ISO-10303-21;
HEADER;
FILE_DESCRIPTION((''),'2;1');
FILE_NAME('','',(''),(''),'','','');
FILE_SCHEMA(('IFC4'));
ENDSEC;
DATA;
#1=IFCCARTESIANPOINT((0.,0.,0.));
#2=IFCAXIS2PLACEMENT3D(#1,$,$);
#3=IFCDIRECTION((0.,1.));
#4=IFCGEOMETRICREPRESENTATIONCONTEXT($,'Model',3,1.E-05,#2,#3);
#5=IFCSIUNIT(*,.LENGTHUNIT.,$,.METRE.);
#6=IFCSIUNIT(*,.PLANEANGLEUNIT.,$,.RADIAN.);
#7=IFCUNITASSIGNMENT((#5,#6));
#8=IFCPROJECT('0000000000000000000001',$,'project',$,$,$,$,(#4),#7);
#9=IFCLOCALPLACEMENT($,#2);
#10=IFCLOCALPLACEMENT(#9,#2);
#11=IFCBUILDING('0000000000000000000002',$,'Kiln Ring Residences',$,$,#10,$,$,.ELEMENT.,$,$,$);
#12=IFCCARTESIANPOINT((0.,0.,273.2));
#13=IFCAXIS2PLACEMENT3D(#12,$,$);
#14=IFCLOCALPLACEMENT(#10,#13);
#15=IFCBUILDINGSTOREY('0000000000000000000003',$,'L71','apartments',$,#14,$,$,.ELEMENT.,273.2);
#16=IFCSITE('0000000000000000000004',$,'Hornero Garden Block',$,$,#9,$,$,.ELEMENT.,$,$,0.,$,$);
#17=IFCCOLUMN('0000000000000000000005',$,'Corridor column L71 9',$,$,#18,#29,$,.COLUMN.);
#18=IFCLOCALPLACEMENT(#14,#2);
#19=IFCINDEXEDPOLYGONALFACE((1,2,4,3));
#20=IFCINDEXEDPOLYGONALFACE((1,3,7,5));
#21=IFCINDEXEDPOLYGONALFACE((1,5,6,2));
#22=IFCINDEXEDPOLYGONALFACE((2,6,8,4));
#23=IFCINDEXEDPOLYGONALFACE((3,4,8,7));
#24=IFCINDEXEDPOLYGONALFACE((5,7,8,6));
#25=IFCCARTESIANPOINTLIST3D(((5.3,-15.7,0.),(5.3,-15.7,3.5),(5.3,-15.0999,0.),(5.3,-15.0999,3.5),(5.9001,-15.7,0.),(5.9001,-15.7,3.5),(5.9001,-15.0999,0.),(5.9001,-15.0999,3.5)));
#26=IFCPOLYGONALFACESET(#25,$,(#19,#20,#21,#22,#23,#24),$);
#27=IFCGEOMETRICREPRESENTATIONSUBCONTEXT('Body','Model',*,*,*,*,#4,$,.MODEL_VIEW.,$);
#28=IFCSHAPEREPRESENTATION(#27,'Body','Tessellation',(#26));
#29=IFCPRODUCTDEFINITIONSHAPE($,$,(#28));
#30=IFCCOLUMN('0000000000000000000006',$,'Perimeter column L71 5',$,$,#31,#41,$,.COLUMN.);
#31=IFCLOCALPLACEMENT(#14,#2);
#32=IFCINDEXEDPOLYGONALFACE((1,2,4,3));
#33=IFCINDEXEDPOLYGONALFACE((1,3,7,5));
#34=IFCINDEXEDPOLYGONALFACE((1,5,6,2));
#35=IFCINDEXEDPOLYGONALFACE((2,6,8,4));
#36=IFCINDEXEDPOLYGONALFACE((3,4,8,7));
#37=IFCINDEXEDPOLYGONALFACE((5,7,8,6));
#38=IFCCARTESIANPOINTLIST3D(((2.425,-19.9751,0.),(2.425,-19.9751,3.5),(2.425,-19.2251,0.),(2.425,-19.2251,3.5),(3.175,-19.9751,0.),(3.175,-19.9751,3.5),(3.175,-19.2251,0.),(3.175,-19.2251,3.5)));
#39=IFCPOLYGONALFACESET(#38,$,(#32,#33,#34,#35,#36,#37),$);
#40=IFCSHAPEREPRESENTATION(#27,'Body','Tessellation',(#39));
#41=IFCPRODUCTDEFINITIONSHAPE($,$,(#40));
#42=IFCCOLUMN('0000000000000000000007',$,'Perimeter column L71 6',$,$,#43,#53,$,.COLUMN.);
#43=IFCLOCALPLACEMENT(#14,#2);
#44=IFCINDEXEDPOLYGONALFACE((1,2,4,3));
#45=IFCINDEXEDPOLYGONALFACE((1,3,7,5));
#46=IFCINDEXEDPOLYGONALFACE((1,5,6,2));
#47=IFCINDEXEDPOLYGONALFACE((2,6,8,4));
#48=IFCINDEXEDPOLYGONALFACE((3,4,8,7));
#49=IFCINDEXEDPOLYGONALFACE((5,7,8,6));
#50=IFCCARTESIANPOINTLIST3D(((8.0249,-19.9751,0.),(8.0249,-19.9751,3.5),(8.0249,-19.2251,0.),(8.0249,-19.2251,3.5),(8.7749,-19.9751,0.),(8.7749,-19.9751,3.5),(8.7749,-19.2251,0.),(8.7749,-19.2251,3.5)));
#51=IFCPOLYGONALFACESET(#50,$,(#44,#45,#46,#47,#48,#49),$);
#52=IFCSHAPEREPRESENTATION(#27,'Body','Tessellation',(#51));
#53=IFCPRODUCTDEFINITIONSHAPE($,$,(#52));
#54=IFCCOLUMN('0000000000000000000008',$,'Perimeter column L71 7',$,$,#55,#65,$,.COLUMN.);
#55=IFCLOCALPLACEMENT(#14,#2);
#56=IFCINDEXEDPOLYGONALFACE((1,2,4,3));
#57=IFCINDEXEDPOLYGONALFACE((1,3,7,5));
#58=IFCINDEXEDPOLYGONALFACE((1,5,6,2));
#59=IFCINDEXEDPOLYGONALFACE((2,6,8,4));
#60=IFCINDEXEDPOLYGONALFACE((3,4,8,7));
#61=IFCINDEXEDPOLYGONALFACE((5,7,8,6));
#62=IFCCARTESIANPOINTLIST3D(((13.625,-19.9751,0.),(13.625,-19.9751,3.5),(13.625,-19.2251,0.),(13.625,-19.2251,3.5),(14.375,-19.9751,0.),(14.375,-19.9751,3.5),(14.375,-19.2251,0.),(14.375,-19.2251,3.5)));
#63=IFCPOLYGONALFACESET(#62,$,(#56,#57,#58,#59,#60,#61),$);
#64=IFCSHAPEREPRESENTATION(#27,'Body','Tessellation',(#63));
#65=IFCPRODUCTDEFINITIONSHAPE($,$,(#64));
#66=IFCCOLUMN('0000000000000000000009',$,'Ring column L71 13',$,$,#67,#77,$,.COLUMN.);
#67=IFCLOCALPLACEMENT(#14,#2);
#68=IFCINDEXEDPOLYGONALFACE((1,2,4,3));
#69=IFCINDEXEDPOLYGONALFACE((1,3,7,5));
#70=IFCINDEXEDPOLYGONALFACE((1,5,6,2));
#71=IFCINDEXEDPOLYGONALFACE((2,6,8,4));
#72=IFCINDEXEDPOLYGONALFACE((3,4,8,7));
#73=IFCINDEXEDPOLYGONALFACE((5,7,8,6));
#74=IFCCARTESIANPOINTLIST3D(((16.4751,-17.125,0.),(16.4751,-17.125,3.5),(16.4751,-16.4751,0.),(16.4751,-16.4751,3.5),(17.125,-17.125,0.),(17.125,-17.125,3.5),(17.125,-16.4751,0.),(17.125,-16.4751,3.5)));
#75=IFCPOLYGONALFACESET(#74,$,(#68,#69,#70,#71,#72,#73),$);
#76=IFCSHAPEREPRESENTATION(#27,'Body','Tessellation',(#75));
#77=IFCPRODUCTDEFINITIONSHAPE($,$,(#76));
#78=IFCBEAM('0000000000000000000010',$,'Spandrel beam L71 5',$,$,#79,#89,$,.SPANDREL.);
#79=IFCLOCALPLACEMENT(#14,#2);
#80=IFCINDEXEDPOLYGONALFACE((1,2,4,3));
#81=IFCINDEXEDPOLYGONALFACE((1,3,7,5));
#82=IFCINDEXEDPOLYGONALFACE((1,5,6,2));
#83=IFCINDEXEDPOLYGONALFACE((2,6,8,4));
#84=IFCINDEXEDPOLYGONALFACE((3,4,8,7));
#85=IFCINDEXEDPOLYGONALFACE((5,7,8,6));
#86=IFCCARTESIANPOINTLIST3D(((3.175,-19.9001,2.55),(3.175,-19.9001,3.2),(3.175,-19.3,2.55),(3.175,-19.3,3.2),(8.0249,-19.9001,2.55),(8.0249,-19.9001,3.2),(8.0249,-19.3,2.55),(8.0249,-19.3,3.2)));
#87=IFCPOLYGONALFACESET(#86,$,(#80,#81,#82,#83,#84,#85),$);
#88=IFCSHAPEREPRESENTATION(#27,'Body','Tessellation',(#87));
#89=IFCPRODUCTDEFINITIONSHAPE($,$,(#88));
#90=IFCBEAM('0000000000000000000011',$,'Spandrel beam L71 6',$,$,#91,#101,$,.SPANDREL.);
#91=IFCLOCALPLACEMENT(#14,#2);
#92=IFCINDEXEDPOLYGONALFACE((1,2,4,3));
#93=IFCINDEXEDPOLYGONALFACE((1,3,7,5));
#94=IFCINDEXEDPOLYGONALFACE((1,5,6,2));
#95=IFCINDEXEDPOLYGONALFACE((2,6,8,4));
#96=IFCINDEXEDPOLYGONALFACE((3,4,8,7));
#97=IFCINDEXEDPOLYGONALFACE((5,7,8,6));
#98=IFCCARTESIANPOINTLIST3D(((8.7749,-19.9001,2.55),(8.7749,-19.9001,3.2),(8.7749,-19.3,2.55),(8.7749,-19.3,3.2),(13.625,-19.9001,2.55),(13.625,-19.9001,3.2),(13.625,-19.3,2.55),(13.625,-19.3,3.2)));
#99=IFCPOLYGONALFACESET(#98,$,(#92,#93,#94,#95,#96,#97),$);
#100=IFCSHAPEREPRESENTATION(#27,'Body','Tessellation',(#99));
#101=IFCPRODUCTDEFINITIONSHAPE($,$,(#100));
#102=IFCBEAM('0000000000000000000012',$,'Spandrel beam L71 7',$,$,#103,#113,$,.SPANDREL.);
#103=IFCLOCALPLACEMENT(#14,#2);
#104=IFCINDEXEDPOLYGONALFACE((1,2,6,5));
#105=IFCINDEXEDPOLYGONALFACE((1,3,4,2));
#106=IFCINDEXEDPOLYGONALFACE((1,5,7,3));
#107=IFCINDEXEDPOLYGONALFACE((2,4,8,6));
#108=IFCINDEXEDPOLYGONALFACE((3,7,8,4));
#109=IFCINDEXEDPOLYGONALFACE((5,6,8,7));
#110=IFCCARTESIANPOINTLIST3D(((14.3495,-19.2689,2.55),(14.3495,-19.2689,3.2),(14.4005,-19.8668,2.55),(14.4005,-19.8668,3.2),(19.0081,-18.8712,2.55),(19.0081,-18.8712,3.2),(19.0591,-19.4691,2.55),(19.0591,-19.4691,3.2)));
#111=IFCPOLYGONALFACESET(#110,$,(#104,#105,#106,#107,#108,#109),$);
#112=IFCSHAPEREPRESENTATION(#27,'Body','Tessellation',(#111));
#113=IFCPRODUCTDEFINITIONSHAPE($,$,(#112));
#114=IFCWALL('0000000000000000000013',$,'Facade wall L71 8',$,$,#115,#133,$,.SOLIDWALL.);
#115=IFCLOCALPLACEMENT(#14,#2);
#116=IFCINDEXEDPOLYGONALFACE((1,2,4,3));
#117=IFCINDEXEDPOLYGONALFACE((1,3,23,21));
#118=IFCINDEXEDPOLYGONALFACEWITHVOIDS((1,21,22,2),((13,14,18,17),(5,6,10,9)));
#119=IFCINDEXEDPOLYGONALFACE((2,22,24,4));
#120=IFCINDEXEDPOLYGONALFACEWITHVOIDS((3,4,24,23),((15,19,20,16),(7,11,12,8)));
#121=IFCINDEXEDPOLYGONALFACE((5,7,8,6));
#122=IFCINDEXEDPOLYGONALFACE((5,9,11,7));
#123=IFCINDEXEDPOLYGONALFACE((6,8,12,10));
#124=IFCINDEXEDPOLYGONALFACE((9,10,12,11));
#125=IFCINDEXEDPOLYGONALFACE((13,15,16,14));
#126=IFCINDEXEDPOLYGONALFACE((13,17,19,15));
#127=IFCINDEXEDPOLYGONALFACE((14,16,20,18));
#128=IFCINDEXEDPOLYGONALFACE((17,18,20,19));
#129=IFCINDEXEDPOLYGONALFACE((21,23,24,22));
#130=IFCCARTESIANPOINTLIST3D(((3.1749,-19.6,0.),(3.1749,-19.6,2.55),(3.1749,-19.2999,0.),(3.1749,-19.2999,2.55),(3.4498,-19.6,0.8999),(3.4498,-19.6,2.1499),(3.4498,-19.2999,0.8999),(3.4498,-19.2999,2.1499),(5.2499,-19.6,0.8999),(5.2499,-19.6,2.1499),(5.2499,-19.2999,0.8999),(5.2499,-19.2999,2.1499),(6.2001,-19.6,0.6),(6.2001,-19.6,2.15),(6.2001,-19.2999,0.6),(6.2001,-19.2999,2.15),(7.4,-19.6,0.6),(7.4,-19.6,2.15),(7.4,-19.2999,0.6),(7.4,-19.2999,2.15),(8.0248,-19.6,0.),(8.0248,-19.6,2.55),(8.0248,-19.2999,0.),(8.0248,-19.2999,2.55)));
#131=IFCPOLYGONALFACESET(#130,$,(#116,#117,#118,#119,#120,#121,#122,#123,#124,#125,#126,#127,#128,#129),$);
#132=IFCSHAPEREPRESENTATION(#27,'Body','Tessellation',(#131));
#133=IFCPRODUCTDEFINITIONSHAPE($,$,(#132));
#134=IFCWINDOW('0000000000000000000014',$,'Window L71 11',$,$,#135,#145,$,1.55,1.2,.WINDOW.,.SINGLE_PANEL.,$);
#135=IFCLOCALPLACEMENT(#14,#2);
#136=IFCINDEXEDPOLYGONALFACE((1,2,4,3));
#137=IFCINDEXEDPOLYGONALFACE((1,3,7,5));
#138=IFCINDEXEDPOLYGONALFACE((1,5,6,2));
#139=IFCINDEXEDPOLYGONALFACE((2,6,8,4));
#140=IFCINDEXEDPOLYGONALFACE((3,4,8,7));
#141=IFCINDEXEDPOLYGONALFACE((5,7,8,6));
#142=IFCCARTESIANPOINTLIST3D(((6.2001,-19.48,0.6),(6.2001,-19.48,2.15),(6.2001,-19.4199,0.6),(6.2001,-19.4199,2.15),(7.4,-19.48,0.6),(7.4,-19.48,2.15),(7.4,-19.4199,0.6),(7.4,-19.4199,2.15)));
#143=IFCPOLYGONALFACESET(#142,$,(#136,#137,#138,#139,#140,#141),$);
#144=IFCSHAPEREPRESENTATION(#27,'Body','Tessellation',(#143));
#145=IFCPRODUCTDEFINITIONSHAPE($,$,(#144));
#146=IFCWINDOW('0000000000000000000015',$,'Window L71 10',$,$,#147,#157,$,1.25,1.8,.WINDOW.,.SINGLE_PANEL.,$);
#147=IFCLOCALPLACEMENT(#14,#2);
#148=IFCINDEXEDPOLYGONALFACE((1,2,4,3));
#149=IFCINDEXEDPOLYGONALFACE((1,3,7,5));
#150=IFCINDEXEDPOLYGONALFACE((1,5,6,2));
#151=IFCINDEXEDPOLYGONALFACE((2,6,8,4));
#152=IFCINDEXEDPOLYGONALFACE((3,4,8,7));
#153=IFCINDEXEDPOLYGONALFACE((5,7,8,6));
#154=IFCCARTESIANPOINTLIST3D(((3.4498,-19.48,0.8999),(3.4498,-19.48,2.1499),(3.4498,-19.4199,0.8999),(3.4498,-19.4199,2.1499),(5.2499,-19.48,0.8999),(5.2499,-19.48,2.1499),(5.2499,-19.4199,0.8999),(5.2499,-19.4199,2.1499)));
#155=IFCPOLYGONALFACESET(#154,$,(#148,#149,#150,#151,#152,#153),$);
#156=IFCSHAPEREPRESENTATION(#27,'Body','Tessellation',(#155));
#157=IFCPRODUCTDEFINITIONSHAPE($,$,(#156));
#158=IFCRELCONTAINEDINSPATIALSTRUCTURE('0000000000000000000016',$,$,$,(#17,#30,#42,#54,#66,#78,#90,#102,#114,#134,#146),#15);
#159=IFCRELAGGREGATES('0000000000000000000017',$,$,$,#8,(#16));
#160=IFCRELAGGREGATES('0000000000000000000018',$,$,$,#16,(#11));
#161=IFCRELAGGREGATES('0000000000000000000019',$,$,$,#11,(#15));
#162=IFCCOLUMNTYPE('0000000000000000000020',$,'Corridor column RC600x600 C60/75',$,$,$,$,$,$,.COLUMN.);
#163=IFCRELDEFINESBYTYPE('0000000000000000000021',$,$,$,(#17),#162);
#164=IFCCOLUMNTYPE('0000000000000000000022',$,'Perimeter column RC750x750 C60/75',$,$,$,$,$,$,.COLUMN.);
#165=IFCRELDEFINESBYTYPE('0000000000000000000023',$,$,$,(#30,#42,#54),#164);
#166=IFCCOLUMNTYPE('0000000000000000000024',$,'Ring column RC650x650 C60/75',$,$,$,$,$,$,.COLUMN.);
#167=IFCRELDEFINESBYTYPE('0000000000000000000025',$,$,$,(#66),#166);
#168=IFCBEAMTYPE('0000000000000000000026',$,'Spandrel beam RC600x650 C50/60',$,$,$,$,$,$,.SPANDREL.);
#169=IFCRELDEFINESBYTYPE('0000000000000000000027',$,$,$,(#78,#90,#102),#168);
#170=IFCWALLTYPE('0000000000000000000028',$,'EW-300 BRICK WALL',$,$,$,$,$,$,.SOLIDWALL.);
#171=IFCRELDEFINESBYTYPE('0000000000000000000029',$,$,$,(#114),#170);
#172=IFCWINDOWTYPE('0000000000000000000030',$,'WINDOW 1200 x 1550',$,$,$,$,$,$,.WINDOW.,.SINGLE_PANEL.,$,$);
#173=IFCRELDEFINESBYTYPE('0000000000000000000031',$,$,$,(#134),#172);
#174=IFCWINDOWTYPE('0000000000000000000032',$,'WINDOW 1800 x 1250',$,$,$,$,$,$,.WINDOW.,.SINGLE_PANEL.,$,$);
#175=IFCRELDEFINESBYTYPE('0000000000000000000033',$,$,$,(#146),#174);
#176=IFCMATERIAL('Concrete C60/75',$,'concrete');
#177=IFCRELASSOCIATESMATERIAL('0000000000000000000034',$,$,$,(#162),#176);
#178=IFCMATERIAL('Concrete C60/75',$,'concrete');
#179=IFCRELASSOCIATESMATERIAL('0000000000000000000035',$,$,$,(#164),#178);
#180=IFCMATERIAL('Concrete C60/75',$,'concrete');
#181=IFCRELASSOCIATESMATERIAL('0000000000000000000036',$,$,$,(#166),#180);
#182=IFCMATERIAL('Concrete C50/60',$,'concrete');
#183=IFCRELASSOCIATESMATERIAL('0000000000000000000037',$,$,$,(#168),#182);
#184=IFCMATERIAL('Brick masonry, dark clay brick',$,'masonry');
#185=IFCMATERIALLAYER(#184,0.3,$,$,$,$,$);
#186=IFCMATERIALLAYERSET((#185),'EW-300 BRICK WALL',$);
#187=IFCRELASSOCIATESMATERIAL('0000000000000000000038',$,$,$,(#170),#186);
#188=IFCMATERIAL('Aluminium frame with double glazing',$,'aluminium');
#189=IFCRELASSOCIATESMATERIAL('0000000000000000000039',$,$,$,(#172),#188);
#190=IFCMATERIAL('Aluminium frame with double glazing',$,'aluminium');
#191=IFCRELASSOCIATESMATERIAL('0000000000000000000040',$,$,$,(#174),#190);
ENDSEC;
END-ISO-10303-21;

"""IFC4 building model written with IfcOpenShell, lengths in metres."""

from ifc_helpers import new_model, si_unit, direction, frame, frame_2d, origin, origin_2d, place, context, subcontext, project, spatial, rectangle, extrude, material, layer, layer_set, material_profile, profile_set, type_object, element, fill, save


model = new_model("IFC4")

# Units and contexts
model_context = context("Model", 3, precision=1e-05, world=origin(), true_north=direction((0.0, 1.0)))
body_context = subcontext(model_context, "Body", "Model", "MODEL_VIEW")
ifc_project = project(units=[si_unit("LENGTHUNIT", "METRE"), si_unit("PLANEANGLEUNIT", "RADIAN")], contexts=[model_context])

# Site, building, storey
site_placement = place(None, origin())
site = spatial("IfcSite", under=ifc_project, at=site_placement, Name="Hornero Garden Block", CompositionType="ELEMENT", RefElevation=0.0)
building_placement = place(site_placement, origin())
building = spatial("IfcBuilding", under=site, at=building_placement, Name="Kiln Ring Residences", CompositionType="ELEMENT")
storey_placement = place(building_placement, frame((0.0, 0.0, 273.2)))
storey = spatial("IfcBuildingStorey", under=building, at=storey_placement, Name="L71", Description="apartments", CompositionType="ELEMENT", Elevation=273.2)

# Columns
ifc_material_1 = material(Name="Concrete C60/75", Category="concrete")
ifc_material_profile_1 = material_profile(ifc_material_1, rectangle(XDim=0.6001, YDim=0.6001, at=origin_2d()), Name="RC600x600")
ifc_profile_set_1 = profile_set([ifc_material_profile_1], Name="Concrete C60/75")
column_type_1 = type_object("IfcColumnType", Name="Corridor column RC600x600 C60/75", PredefinedType="COLUMN", material=ifc_profile_set_1)
column_1_placement = place(storey_placement, frame((5.6001, -15.3999, 0.0), z_axis=(0.0, 0.0, 1.0), x_axis=(1.0, 0.0, 0.0)))
element("IfcColumn", 1, at=column_1_placement, inside=storey, type_object=column_type_1, Name="Corridor column L71 9", PredefinedType="COLUMN", context=body_context, shape_type="SweptSolid", body=[
    extrude(rectangle(XDim=0.6001, YDim=0.6001, at=origin_2d()), origin(), (0.0, 0.0, 1.0), 3.5),
])
ifc_material_2 = material(Name="Concrete C60/75", Category="concrete")
ifc_material_profile_2 = material_profile(ifc_material_2, rectangle(XDim=0.75, YDim=0.75, at=origin_2d()), Name="RC750x750")
ifc_profile_set_2 = profile_set([ifc_material_profile_2], Name="Concrete C60/75")
column_type_2 = type_object("IfcColumnType", Name="Perimeter column RC750x750 C60/75", PredefinedType="COLUMN", material=ifc_profile_set_2)
for number, where, z_axis, x_axis, name in (
    (2, (2.8, -19.6001, 0.0), (0.0, 0.0, 1.0), (1.0, 0.0, 0.0), "Perimeter column L71 5"),
    (3, (8.3999, -19.6001, 0.0), (0.0, 0.0, 1.0), (1.0, 0.0, 0.0), "Perimeter column L71 6"),
    (4, (14.0, -19.6001, 0.0), (0.0, 0.0, 1.0), (1.0, 0.0, 0.0), "Perimeter column L71 7"),
):
    element("IfcColumn", number, at=place(storey_placement, frame(where, z_axis=z_axis, x_axis=x_axis)), inside=storey, type_object=column_type_2, Name=name, PredefinedType="COLUMN", context=body_context, shape_type="SweptSolid", body=[
        extrude(rectangle(XDim=0.75, YDim=0.75, at=origin_2d()), origin(), (0.0, 0.0, 1.0), 3.5),
    ])
ifc_material_3 = material(Name="Concrete C60/75", Category="concrete")
ifc_material_profile_3 = material_profile(ifc_material_3, rectangle(XDim=0.6499, YDim=0.6499, at=origin_2d()), Name="RC650x650")
ifc_profile_set_3 = profile_set([ifc_material_profile_3], Name="Concrete C60/75")
column_type_3 = type_object("IfcColumnType", Name="Ring column RC650x650 C60/75", PredefinedType="COLUMN", material=ifc_profile_set_3)
column_2_placement = place(storey_placement, frame((16.8, -16.8, 0.0), z_axis=(0.0, 0.0, 1.0), x_axis=(1.0, 0.0, 0.0)))
element("IfcColumn", 5, at=column_2_placement, inside=storey, type_object=column_type_3, Name="Ring column L71 13", PredefinedType="COLUMN", context=body_context, shape_type="SweptSolid", body=[
    extrude(rectangle(XDim=0.6499, YDim=0.6499, at=origin_2d()), origin(), (0.0, 0.0, 1.0), 3.5),
])

# Beams
ifc_material_4 = material(Name="Concrete C50/60", Category="concrete")
ifc_material_profile_4 = material_profile(ifc_material_4, rectangle(XDim=0.6001, YDim=0.6499, at=origin_2d()), Name="RC600x650")
ifc_profile_set_4 = profile_set([ifc_material_profile_4], Name="Concrete C50/60")
beam_type = type_object("IfcBeamType", Name="Spandrel beam RC600x650 C50/60", PredefinedType="SPANDREL", material=ifc_profile_set_4)
beam_1_placement = place(storey_placement, frame((3.175, -19.6001, 2.875), z_axis=(1.0, 0.0, 0.0), x_axis=(0.0, 1.0, 0.0)))
element("IfcBeam", 6, at=beam_1_placement, inside=storey, type_object=beam_type, Name="Spandrel beam L71 5", PredefinedType="SPANDREL", context=body_context, shape_type="SweptSolid", body=[
    extrude(rectangle(XDim=0.6001, YDim=0.6499, at=origin_2d()), origin(), (0.0, 0.0, 1.0), 4.8499),
])
beam_2_placement = place(storey_placement, frame((8.7749, -19.6001, 2.875), z_axis=(1.0, 0.0, 0.0), x_axis=(0.0, 1.0, 0.0)))
element("IfcBeam", 7, at=beam_2_placement, inside=storey, type_object=beam_type, Name="Spandrel beam L71 6", PredefinedType="SPANDREL", context=body_context, shape_type="SweptSolid", body=[
    extrude(rectangle(XDim=0.6001, YDim=0.6499, at=origin_2d()), origin(), (0.0, 0.0, 1.0), 4.8501),
])
beam_3_placement = place(storey_placement, frame((14.375, -19.5679, 2.875), z_axis=(0.996376, 0.085059, 0.0), x_axis=(-0.085059, 0.996376, 0.0)))
element("IfcBeam", 8, at=beam_3_placement, inside=storey, type_object=beam_type, Name="Spandrel beam L71 7", PredefinedType="SPANDREL", context=body_context, shape_type="SweptSolid", body=[
    extrude(rectangle(XDim=0.6001, YDim=0.6499, at=origin_2d()), origin(), (0.0, 0.0, 1.0), 4.6755),
])

# Wall, openings, windows
ifc_material_5 = material(Name="Brick masonry, dark clay brick", Category="masonry")
ifc_layer_1 = layer(ifc_material_5, 0.3)
ifc_layer_set_1 = layer_set([ifc_layer_1], Name="EW-300 BRICK WALL")
wall_type_1 = type_object("IfcWallType", Name="EW-300 BRICK WALL", PredefinedType="SOLIDWALL", material=ifc_layer_set_1)
wall_1_placement = place(storey_placement, frame((3.175, -19.45, 0.0), z_axis=(0.0, 0.0, 1.0), x_axis=(1.0, 0.0, 0.0)))
wall_1 = element("IfcWall", 9, at=wall_1_placement, inside=storey, type_object=wall_type_1, Name="Facade wall L71 8", PredefinedType="SOLIDWALL", context=body_context, shape_type="SweptSolid", body=[
    extrude(rectangle(XDim=4.8499, YDim=0.3, at=frame_2d((2.4248, 0.0))), origin(), (0.0, 0.0, 1.0), 2.55),
])
opening_1_placement = place(wall_1_placement, frame((0.2749, 0.0, 0.8999)))
opening_1 = element("IfcOpeningElement", 10, at=opening_1_placement, cuts=wall_1, PredefinedType="OPENING", context=body_context, shape_type="SweptSolid", body=[
    extrude(rectangle(XDim=1.8, YDim=1.25, at=frame_2d((0.8999, 0.625))), frame((0.0, 0.1599, 0.0), z_axis=(0.0, -1.0, 0.0), x_axis=(1.0, 0.0, 0.0)), (0.0, 0.0, 1.0), 0.3201),
])
opening_2_placement = place(wall_1_placement, frame((3.0249, 0.0, 0.6001)))
opening_2 = element("IfcOpeningElement", 11, at=opening_2_placement, cuts=wall_1, PredefinedType="OPENING", context=body_context, shape_type="SweptSolid", body=[
    extrude(rectangle(XDim=1.2, YDim=1.55, at=frame_2d((0.6001, 0.7749))), frame((0.0, 0.1599, 0.0), z_axis=(0.0, -1.0, 0.0), x_axis=(1.0, 0.0, 0.0)), (0.0, 0.0, 1.0), 0.3201),
])
ifc_material_6 = material(Name="Aluminium frame with double glazing", Category="aluminium")
window_type_1 = type_object("IfcWindowType", Name="WINDOW 1200 x 1550", PartitioningType="SINGLE_PANEL", PredefinedType="WINDOW", material=ifc_material_6)
window_1_placement = place(opening_2_placement, origin())
window_1 = element("IfcWindow", 12, at=window_1_placement, inside=storey, type_object=window_type_1, Name="Window L71 11", OverallHeight=1.55, OverallWidth=1.2, PartitioningType="SINGLE_PANEL", PredefinedType="WINDOW", context=body_context, shape_type="SweptSolid", body=[
    extrude(rectangle(XDim=1.2, YDim=1.55, at=frame_2d((0.6001, 0.7749))), frame((0.0, 0.03, 0.0), z_axis=(0.0, -1.0, 0.0), x_axis=(1.0, 0.0, 0.0)), (0.0, 0.0, 1.0), 0.0601),
])
fill(opening_2, window_1)
ifc_material_7 = material(Name="Aluminium frame with double glazing", Category="aluminium")
window_type_2 = type_object("IfcWindowType", Name="WINDOW 1800 x 1250", PartitioningType="SINGLE_PANEL", PredefinedType="WINDOW", material=ifc_material_7)
window_2_placement = place(opening_1_placement, origin())
window_2 = element("IfcWindow", 13, at=window_2_placement, inside=storey, type_object=window_type_2, Name="Window L71 10", OverallHeight=1.25, OverallWidth=1.8, PartitioningType="SINGLE_PANEL", PredefinedType="WINDOW", context=body_context, shape_type="SweptSolid", body=[
    extrude(rectangle(XDim=1.8, YDim=1.25, at=frame_2d((0.8999, 0.625))), frame((0.0, 0.03, 0.0), z_axis=(0.0, -1.0, 0.0), x_axis=(1.0, 0.0, 0.0)), (0.0, 0.0, 1.0), 0.0601),
])
fill(opening_1, window_2)

save(model, "model.ifc")
